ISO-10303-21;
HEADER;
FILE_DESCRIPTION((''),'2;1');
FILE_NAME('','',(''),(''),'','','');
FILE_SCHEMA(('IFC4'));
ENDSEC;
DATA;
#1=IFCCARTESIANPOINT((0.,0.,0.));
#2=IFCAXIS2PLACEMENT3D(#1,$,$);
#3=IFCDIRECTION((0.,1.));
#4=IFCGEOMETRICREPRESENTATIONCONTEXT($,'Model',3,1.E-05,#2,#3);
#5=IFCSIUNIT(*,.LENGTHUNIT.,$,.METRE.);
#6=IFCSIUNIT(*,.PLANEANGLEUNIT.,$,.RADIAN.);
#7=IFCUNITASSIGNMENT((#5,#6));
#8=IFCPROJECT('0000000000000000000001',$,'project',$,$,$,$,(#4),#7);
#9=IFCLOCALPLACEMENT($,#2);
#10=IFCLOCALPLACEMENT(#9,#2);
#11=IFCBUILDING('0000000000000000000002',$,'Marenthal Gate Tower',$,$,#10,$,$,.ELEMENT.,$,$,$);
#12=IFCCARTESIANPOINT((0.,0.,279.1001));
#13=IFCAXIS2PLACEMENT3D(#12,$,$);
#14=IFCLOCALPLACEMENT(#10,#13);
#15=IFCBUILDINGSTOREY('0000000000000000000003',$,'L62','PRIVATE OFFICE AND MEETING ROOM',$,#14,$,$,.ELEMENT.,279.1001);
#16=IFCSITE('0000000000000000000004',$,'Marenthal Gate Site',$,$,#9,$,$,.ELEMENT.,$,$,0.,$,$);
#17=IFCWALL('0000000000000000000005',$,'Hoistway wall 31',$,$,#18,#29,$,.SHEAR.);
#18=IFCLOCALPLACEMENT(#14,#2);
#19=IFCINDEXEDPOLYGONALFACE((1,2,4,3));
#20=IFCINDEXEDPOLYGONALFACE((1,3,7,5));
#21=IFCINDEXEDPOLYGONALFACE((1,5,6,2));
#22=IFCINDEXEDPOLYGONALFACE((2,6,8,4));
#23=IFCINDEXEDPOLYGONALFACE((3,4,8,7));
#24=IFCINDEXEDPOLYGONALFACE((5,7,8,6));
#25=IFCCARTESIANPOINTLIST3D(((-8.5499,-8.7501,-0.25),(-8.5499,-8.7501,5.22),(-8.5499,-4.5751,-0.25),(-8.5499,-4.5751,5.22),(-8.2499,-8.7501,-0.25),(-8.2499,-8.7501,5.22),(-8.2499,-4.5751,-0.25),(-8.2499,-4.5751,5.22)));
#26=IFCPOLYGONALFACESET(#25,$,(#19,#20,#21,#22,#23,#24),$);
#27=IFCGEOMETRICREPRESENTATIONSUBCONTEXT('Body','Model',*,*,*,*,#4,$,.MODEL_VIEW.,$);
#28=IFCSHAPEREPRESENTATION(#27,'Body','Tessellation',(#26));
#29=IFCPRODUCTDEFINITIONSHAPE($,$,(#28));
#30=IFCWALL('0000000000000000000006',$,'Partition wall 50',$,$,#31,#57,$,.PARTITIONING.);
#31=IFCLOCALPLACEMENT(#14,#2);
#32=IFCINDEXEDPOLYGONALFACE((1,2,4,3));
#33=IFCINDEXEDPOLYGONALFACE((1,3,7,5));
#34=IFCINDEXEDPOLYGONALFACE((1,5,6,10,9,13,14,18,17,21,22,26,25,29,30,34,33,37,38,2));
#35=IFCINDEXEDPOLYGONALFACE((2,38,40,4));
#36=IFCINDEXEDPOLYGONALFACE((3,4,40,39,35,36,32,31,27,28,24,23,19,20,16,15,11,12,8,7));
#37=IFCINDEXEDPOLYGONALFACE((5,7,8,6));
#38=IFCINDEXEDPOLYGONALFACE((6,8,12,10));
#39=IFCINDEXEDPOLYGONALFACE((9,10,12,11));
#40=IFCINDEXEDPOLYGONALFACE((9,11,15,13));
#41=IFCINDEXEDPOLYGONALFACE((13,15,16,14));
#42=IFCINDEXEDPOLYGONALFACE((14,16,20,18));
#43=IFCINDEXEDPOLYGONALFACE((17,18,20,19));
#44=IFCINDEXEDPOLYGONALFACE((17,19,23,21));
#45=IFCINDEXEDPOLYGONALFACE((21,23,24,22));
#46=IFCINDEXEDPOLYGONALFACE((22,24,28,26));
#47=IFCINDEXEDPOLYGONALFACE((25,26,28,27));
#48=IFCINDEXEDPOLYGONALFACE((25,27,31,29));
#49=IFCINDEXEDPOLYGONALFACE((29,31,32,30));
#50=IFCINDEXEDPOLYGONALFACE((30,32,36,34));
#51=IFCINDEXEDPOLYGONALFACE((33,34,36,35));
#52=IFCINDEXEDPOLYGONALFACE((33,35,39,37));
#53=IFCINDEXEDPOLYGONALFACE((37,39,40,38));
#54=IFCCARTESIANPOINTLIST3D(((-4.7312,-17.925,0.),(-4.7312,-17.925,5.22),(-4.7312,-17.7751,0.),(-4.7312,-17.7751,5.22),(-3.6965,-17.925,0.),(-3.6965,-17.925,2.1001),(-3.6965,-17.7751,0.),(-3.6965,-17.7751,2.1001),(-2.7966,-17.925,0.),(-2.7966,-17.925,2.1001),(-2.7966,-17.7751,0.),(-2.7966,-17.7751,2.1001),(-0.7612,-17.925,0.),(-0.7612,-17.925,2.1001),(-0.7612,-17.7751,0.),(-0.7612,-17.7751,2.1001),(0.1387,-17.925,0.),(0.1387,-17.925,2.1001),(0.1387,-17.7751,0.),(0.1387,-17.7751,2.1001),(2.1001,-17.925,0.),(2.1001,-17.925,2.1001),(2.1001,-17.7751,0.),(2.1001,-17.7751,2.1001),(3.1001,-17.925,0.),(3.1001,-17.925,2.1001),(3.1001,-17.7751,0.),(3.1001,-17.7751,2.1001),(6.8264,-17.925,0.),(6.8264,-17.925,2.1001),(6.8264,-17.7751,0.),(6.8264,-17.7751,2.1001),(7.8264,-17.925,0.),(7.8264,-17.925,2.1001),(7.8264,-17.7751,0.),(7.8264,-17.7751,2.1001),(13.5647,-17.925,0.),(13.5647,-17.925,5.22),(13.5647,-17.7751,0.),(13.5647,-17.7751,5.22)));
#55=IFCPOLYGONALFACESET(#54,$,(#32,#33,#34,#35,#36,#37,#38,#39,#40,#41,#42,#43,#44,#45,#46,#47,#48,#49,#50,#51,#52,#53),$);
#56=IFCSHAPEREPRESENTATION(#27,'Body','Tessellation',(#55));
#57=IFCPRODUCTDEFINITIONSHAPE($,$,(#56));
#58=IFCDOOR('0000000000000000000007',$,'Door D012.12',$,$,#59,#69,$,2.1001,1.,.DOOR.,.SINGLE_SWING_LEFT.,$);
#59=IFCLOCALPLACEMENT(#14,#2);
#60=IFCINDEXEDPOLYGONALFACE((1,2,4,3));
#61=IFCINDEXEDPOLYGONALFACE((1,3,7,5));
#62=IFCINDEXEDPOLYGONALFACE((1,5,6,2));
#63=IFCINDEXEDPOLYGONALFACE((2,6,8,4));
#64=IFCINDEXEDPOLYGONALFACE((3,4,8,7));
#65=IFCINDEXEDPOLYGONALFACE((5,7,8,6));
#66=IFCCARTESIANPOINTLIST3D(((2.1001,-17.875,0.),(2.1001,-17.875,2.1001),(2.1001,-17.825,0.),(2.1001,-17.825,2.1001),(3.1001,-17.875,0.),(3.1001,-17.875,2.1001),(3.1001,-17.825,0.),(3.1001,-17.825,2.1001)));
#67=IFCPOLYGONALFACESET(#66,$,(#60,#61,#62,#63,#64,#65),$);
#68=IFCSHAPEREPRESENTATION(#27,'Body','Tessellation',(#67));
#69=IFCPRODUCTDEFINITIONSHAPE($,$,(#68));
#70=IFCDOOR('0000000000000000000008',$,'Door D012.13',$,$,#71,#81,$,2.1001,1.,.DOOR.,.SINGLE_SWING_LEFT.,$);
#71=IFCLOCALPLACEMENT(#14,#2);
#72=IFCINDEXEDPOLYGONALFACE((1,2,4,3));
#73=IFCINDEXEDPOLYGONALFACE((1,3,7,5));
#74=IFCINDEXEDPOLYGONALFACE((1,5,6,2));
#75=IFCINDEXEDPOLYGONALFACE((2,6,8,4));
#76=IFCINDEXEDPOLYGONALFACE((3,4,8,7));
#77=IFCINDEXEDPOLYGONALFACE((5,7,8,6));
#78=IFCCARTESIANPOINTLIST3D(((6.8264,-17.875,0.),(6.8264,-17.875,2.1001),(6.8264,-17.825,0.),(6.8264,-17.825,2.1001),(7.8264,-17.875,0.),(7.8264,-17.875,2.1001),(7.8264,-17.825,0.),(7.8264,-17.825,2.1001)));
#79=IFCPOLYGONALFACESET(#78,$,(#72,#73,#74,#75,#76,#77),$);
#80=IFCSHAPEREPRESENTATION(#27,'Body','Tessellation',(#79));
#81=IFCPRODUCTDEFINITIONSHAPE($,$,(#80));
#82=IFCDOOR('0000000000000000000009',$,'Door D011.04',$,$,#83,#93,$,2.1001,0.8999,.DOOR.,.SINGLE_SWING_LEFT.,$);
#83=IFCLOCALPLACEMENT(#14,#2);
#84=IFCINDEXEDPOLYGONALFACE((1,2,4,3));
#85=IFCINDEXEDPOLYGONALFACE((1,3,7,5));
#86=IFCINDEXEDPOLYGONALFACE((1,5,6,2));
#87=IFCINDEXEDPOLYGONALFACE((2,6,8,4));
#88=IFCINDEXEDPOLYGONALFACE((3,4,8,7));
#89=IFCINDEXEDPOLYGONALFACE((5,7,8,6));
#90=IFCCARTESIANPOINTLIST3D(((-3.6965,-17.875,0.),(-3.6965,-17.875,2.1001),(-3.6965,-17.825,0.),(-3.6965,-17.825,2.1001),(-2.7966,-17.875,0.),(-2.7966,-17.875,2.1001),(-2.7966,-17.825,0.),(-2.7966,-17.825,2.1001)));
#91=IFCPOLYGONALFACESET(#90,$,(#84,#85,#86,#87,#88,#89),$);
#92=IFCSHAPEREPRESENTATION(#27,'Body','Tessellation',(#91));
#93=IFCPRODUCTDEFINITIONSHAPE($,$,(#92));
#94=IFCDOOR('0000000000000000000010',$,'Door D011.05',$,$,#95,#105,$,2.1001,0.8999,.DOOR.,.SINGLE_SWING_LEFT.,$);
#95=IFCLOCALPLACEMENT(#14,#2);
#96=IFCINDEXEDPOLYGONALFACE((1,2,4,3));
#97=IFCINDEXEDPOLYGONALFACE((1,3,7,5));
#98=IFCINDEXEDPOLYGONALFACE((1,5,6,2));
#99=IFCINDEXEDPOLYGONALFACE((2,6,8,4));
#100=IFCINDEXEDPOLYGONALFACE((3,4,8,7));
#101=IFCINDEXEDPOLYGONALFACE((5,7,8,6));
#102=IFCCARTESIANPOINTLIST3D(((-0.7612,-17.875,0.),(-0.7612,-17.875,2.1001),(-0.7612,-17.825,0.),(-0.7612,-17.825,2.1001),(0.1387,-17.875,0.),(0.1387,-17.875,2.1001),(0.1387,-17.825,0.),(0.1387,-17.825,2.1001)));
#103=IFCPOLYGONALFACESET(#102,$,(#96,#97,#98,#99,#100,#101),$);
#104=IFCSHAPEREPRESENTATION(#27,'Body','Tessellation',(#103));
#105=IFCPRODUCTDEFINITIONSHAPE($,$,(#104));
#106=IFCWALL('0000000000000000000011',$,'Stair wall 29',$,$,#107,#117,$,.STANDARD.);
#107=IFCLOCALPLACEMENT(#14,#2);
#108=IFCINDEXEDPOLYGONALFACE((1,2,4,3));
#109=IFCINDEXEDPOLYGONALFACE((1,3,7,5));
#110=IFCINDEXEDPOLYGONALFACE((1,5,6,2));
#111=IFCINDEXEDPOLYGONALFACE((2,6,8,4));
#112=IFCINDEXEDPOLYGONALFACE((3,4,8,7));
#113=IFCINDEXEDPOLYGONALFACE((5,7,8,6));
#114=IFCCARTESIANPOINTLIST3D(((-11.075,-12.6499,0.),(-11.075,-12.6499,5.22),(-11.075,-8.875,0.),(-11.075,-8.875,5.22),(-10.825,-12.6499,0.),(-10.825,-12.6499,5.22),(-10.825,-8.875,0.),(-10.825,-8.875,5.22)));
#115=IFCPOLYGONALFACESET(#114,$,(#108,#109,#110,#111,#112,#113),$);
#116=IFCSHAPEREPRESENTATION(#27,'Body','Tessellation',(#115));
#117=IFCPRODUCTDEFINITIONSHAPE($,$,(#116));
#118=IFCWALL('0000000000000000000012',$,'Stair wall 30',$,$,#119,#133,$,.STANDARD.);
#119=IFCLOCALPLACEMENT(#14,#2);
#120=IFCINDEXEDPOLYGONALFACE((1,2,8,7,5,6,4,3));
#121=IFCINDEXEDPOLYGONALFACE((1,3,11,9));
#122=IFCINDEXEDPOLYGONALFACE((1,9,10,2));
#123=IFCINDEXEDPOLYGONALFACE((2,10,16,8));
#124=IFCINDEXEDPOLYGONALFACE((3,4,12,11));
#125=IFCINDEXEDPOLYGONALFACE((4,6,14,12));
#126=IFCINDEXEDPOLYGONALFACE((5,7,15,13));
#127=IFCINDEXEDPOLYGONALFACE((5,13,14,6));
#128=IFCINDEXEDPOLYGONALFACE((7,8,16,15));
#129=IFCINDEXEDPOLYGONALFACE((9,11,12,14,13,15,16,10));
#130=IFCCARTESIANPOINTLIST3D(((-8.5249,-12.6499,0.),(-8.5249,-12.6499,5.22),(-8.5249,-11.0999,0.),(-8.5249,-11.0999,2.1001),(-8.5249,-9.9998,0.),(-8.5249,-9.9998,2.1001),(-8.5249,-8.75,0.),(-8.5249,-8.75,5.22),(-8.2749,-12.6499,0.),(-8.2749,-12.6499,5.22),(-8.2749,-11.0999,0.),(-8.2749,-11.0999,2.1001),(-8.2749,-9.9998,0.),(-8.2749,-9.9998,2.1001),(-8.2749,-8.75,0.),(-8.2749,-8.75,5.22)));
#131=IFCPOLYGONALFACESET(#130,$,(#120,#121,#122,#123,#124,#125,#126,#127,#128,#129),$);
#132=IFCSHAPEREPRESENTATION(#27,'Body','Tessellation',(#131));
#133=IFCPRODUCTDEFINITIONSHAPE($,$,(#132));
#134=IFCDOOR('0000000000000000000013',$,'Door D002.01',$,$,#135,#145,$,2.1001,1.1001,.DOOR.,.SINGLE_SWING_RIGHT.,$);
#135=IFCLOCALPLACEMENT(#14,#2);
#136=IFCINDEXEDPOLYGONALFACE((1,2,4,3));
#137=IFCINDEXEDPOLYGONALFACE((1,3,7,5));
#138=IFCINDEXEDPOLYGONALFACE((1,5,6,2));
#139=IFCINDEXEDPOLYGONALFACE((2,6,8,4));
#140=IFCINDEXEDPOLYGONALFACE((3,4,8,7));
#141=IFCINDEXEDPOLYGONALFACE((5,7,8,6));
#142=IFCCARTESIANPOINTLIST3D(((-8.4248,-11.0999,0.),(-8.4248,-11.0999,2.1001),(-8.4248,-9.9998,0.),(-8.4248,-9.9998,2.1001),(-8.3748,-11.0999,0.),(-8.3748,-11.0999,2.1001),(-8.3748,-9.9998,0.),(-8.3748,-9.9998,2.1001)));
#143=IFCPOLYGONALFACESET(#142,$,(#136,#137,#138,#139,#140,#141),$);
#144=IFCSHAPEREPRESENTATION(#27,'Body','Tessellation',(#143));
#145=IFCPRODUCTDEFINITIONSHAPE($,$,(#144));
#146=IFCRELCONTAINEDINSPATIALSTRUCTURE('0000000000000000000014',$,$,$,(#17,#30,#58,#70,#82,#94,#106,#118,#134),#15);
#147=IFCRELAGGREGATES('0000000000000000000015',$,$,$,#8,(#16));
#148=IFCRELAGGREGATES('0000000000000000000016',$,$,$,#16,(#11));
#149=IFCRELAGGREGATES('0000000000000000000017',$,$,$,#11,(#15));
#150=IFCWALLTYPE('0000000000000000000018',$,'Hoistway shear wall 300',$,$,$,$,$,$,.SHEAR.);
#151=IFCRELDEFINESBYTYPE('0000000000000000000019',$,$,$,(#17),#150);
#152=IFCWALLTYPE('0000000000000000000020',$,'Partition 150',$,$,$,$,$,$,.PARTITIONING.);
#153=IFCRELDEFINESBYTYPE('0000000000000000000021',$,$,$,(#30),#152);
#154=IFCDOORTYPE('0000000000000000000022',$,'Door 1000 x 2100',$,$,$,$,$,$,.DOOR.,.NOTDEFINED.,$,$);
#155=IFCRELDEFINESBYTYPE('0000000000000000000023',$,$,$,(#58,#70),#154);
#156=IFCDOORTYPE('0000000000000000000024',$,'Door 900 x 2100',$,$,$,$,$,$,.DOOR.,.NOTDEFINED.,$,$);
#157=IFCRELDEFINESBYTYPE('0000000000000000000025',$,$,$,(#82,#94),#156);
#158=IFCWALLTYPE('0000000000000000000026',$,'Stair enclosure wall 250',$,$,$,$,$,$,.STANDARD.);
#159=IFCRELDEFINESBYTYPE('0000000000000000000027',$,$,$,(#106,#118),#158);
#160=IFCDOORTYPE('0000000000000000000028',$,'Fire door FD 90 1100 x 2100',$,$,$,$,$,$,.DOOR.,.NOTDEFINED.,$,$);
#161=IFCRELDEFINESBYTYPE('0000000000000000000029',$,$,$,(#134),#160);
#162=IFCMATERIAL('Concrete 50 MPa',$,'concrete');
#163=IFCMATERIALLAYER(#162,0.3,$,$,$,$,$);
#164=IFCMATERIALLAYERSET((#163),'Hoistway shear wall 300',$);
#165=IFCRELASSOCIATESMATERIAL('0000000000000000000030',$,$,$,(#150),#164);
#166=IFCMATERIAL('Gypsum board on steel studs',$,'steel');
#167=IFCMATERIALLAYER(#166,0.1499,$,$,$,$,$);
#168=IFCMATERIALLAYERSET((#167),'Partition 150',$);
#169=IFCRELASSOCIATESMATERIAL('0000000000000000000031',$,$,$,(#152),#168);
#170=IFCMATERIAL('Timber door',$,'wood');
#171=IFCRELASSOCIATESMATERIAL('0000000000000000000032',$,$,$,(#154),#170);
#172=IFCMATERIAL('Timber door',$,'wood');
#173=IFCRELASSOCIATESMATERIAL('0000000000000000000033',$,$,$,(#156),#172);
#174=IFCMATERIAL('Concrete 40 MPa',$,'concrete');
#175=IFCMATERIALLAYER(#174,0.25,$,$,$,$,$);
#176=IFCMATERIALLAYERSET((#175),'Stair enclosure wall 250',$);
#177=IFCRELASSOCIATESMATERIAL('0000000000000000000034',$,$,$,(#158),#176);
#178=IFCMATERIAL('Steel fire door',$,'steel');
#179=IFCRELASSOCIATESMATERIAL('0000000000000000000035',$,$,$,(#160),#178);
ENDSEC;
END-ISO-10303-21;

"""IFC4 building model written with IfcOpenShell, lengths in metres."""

from ifc_helpers import new_model, si_unit, direction, frame, frame_2d, origin, place, context, subcontext, project, spatial, rectangle, extrude, material, layer, layer_set, type_object, element, fill, save


model = new_model("IFC4")

# Units and contexts
model_context = context("Model", 3, precision=1e-05, world=origin(), true_north=direction((0.0, 1.0)))
body_context = subcontext(model_context, "Body", "Model", "MODEL_VIEW")
ifc_project = project(units=[si_unit("LENGTHUNIT", "METRE"), si_unit("PLANEANGLEUNIT", "RADIAN")], contexts=[model_context])

# Site, building, storey
site_placement = place(None, origin())
site = spatial("IfcSite", under=ifc_project, at=site_placement, Name="Marenthal Gate Site", CompositionType="ELEMENT", RefElevation=0.0)
building_placement = place(site_placement, origin())
building = spatial("IfcBuilding", under=site, at=building_placement, Name="Marenthal Gate Tower", CompositionType="ELEMENT")
storey_placement = place(building_placement, frame((0.0, 0.0, 279.1001)))
storey = spatial("IfcBuildingStorey", under=building, at=storey_placement, Name="L62", Description="PRIVATE OFFICE AND MEETING ROOM", CompositionType="ELEMENT", Elevation=279.1001)

# Wall
ifc_material_1 = material(Name="Concrete 50 MPa", Category="concrete")
ifc_layer_1 = layer(ifc_material_1, 0.3)
ifc_layer_set_1 = layer_set([ifc_layer_1], Name="Hoistway shear wall 300")
wall_type_1 = type_object("IfcWallType", Name="Hoistway shear wall 300", PredefinedType="SHEAR", material=ifc_layer_set_1)
wall_1_placement = place(storey_placement, frame((-8.3999, -8.75, -0.25), z_axis=(0.0, 0.0, 1.0), x_axis=(0.0, 1.0, 0.0)))
element("IfcWall", 1, at=wall_1_placement, inside=storey, type_object=wall_type_1, Name="Hoistway wall 31", PredefinedType="SHEAR", context=body_context, shape_type="SweptSolid", body=[
    extrude(rectangle(XDim=4.175, YDim=0.3, at=frame_2d((2.0874, 0.0))), origin(), (0.0, 0.0, 1.0), 5.47),
])

# Wall, openings, doors
ifc_material_2 = material(Name="Gypsum board on steel studs", Category="steel")
ifc_layer_2 = layer(ifc_material_2, 0.1499)
ifc_layer_set_2 = layer_set([ifc_layer_2], Name="Partition 150")
wall_type_2 = type_object("IfcWallType", Name="Partition 150", PredefinedType="PARTITIONING", material=ifc_layer_set_2)
wall_2_placement = place(storey_placement, frame((-4.7312, -17.8501, 0.0), z_axis=(0.0, 0.0, 1.0), x_axis=(1.0, 0.0, 0.0)))
wall_2 = element("IfcWall", 2, at=wall_2_placement, inside=storey, type_object=wall_type_2, Name="Partition wall 50", PredefinedType="PARTITIONING", context=body_context, shape_type="SweptSolid", body=[
    extrude(rectangle(XDim=18.2959, YDim=0.1499, at=frame_2d((9.1479, 0.0))), origin(), (0.0, 0.0, 1.0), 5.22),
])
opening_1_placement = place(wall_2_placement, frame((1.0347, 0.0, 0.0)))
opening_1 = element("IfcOpeningElement", 3, at=opening_1_placement, cuts=wall_2, PredefinedType="OPENING", context=body_context, shape_type="SweptSolid", body=[
    extrude(rectangle(XDim=0.8999, YDim=2.1001, at=frame_2d((0.45, 1.05))), frame((0.0, 0.085, 0.0), z_axis=(0.0, -1.0, 0.0), x_axis=(1.0, 0.0, 0.0)), (0.0, 0.0, 1.0), 0.1699),
])
opening_2_placement = place(wall_2_placement, frame((3.97, 0.0, 0.0)))
opening_2 = element("IfcOpeningElement", 4, at=opening_2_placement, cuts=wall_2, PredefinedType="OPENING", context=body_context, shape_type="SweptSolid", body=[
    extrude(rectangle(XDim=0.8999, YDim=2.1001, at=frame_2d((0.45, 1.05))), frame((0.0, 0.085, 0.0), z_axis=(0.0, -1.0, 0.0), x_axis=(1.0, 0.0, 0.0)), (0.0, 0.0, 1.0), 0.1699),
])
opening_3_placement = place(wall_2_placement, frame((6.8313, 0.0, 0.0)))
opening_3 = element("IfcOpeningElement", 5, at=opening_3_placement, cuts=wall_2, PredefinedType="OPENING", context=body_context, shape_type="SweptSolid", body=[
    extrude(rectangle(XDim=1.0, YDim=2.1001, at=frame_2d((0.5, 1.05))), frame((0.0, 0.085, 0.0), z_axis=(0.0, -1.0, 0.0), x_axis=(1.0, 0.0, 0.0)), (0.0, 0.0, 1.0), 0.1699),
])
opening_4_placement = place(wall_2_placement, frame((11.5576, 0.0, 0.0)))
opening_4 = element("IfcOpeningElement", 6, at=opening_4_placement, cuts=wall_2, PredefinedType="OPENING", context=body_context, shape_type="SweptSolid", body=[
    extrude(rectangle(XDim=1.0, YDim=2.1001, at=frame_2d((0.5, 1.05))), frame((0.0, 0.085, 0.0), z_axis=(0.0, -1.0, 0.0), x_axis=(1.0, 0.0, 0.0)), (0.0, 0.0, 1.0), 0.1699),
])
ifc_material_3 = material(Name="Timber door", Category="wood")
door_type_1 = type_object("IfcDoorType", Name="Door 1000 x 2100", OperationType="NOTDEFINED", PredefinedType="DOOR", material=ifc_material_3)
door_1_placement = place(opening_3_placement, frame((1.0, 0.0, 0.0), z_axis=(0.0, 0.0, 1.0), x_axis=(-1.0, 0.0, 0.0)))
door_1 = element("IfcDoor", 7, at=door_1_placement, inside=storey, type_object=door_type_1, Name="Door D012.12", OperationType="SINGLE_SWING_LEFT", OverallHeight=2.1001, OverallWidth=1.0, PredefinedType="DOOR", context=body_context, shape_type="SweptSolid", body=[
    extrude(rectangle(XDim=1.0, YDim=2.1001, at=frame_2d((0.5, 1.05))), frame((0.0, 0.0249, 0.0), z_axis=(0.0, -1.0, 0.0), x_axis=(1.0, 0.0, 0.0)), (0.0, 0.0, 1.0), 0.05),
])
fill(opening_3, door_1)
door_2_placement = place(opening_4_placement, frame((1.0, 0.0, 0.0), z_axis=(0.0, 0.0, 1.0), x_axis=(-1.0, 0.0, 0.0)))
door_2 = element("IfcDoor", 8, at=door_2_placement, inside=storey, type_object=door_type_1, Name="Door D012.13", OperationType="SINGLE_SWING_LEFT", OverallHeight=2.1001, OverallWidth=1.0, PredefinedType="DOOR", context=body_context, shape_type="SweptSolid", body=[
    extrude(rectangle(XDim=1.0, YDim=2.1001, at=frame_2d((0.5, 1.05))), frame((0.0, 0.0249, 0.0), z_axis=(0.0, -1.0, 0.0), x_axis=(1.0, 0.0, 0.0)), (0.0, 0.0, 1.0), 0.05),
])
fill(opening_4, door_2)
ifc_material_4 = material(Name="Timber door", Category="wood")
door_type_2 = type_object("IfcDoorType", Name="Door 900 x 2100", OperationType="NOTDEFINED", PredefinedType="DOOR", material=ifc_material_4)
door_3_placement = place(opening_1_placement, frame((0.8999, 0.0, 0.0), z_axis=(0.0, 0.0, 1.0), x_axis=(-1.0, 0.0, 0.0)))
door_3 = element("IfcDoor", 9, at=door_3_placement, inside=storey, type_object=door_type_2, Name="Door D011.04", OperationType="SINGLE_SWING_LEFT", OverallHeight=2.1001, OverallWidth=0.8999, PredefinedType="DOOR", context=body_context, shape_type="SweptSolid", body=[
    extrude(rectangle(XDim=0.8999, YDim=2.1001, at=frame_2d((0.45, 1.05))), frame((0.0, 0.0249, 0.0), z_axis=(0.0, -1.0, 0.0), x_axis=(1.0, 0.0, 0.0)), (0.0, 0.0, 1.0), 0.05),
])
fill(opening_1, door_3)
door_4_placement = place(opening_2_placement, frame((0.8999, 0.0, 0.0), z_axis=(0.0, 0.0, 1.0), x_axis=(-1.0, 0.0, 0.0)))
door_4 = element("IfcDoor", 10, at=door_4_placement, inside=storey, type_object=door_type_2, Name="Door D011.05", OperationType="SINGLE_SWING_LEFT", OverallHeight=2.1001, OverallWidth=0.8999, PredefinedType="DOOR", context=body_context, shape_type="SweptSolid", body=[
    extrude(rectangle(XDim=0.8999, YDim=2.1001, at=frame_2d((0.45, 1.05))), frame((0.0, 0.0249, 0.0), z_axis=(0.0, -1.0, 0.0), x_axis=(1.0, 0.0, 0.0)), (0.0, 0.0, 1.0), 0.05),
])
fill(opening_2, door_4)

# Wall
ifc_material_5 = material(Name="Concrete 40 MPa", Category="concrete")
ifc_layer_3 = layer(ifc_material_5, 0.25)
ifc_layer_set_3 = layer_set([ifc_layer_3], Name="Stair enclosure wall 250")
wall_type_3 = type_object("IfcWallType", Name="Stair enclosure wall 250", PredefinedType="STANDARD", material=ifc_layer_set_3)
wall_3_placement = place(storey_placement, frame((-10.95, -12.6499, 0.0), z_axis=(0.0, 0.0, 1.0), x_axis=(0.0, 1.0, 0.0)))
element("IfcWall", 11, at=wall_3_placement, inside=storey, type_object=wall_type_3, Name="Stair wall 29", PredefinedType="STANDARD", context=body_context, shape_type="SweptSolid", body=[
    extrude(rectangle(XDim=3.7749, YDim=0.25, at=frame_2d((1.8875, 0.0))), origin(), (0.0, 0.0, 1.0), 5.22),
])

# Wall, opening, door
wall_4_placement = place(storey_placement, frame((-8.3999, -12.6499, 0.0), z_axis=(0.0, 0.0, 1.0), x_axis=(0.0, 1.0, 0.0)))
wall_4 = element("IfcWall", 12, at=wall_4_placement, inside=storey, type_object=wall_type_3, Name="Stair wall 30", PredefinedType="STANDARD", context=body_context, shape_type="SweptSolid", body=[
    extrude(rectangle(XDim=3.8999, YDim=0.25, at=frame_2d((1.95, 0.0))), origin(), (0.0, 0.0, 1.0), 5.22),
])
opening_5_placement = place(wall_4_placement, frame((1.55, 0.0, 0.0)))
opening_5 = element("IfcOpeningElement", 13, at=opening_5_placement, cuts=wall_4, PredefinedType="OPENING", context=body_context, shape_type="SweptSolid", body=[
    extrude(rectangle(XDim=1.1001, YDim=2.1001, at=frame_2d((0.55, 1.05))), frame((0.0, 0.135, 0.0), z_axis=(0.0, -1.0, 0.0), x_axis=(1.0, 0.0, 0.0)), (0.0, 0.0, 1.0), 0.27),
])
ifc_material_6 = material(Name="Steel fire door", Category="steel")
door_type_3 = type_object("IfcDoorType", Name="Fire door FD 90 1100 x 2100", OperationType="NOTDEFINED", PredefinedType="DOOR", material=ifc_material_6)
door_5_placement = place(opening_5_placement, origin())
door_5 = element("IfcDoor", 14, at=door_5_placement, inside=storey, type_object=door_type_3, Name="Door D002.01", OperationType="SINGLE_SWING_RIGHT", OverallHeight=2.1001, OverallWidth=1.1001, PredefinedType="DOOR", context=body_context, shape_type="SweptSolid", body=[
    extrude(rectangle(XDim=1.1001, YDim=2.1001, at=frame_2d((0.55, 1.05))), frame((0.0, 0.0249, 0.0), z_axis=(0.0, -1.0, 0.0), x_axis=(1.0, 0.0, 0.0)), (0.0, 0.0, 1.0), 0.05),
])
fill(opening_5, door_5)

save(model, "model.ifc")
